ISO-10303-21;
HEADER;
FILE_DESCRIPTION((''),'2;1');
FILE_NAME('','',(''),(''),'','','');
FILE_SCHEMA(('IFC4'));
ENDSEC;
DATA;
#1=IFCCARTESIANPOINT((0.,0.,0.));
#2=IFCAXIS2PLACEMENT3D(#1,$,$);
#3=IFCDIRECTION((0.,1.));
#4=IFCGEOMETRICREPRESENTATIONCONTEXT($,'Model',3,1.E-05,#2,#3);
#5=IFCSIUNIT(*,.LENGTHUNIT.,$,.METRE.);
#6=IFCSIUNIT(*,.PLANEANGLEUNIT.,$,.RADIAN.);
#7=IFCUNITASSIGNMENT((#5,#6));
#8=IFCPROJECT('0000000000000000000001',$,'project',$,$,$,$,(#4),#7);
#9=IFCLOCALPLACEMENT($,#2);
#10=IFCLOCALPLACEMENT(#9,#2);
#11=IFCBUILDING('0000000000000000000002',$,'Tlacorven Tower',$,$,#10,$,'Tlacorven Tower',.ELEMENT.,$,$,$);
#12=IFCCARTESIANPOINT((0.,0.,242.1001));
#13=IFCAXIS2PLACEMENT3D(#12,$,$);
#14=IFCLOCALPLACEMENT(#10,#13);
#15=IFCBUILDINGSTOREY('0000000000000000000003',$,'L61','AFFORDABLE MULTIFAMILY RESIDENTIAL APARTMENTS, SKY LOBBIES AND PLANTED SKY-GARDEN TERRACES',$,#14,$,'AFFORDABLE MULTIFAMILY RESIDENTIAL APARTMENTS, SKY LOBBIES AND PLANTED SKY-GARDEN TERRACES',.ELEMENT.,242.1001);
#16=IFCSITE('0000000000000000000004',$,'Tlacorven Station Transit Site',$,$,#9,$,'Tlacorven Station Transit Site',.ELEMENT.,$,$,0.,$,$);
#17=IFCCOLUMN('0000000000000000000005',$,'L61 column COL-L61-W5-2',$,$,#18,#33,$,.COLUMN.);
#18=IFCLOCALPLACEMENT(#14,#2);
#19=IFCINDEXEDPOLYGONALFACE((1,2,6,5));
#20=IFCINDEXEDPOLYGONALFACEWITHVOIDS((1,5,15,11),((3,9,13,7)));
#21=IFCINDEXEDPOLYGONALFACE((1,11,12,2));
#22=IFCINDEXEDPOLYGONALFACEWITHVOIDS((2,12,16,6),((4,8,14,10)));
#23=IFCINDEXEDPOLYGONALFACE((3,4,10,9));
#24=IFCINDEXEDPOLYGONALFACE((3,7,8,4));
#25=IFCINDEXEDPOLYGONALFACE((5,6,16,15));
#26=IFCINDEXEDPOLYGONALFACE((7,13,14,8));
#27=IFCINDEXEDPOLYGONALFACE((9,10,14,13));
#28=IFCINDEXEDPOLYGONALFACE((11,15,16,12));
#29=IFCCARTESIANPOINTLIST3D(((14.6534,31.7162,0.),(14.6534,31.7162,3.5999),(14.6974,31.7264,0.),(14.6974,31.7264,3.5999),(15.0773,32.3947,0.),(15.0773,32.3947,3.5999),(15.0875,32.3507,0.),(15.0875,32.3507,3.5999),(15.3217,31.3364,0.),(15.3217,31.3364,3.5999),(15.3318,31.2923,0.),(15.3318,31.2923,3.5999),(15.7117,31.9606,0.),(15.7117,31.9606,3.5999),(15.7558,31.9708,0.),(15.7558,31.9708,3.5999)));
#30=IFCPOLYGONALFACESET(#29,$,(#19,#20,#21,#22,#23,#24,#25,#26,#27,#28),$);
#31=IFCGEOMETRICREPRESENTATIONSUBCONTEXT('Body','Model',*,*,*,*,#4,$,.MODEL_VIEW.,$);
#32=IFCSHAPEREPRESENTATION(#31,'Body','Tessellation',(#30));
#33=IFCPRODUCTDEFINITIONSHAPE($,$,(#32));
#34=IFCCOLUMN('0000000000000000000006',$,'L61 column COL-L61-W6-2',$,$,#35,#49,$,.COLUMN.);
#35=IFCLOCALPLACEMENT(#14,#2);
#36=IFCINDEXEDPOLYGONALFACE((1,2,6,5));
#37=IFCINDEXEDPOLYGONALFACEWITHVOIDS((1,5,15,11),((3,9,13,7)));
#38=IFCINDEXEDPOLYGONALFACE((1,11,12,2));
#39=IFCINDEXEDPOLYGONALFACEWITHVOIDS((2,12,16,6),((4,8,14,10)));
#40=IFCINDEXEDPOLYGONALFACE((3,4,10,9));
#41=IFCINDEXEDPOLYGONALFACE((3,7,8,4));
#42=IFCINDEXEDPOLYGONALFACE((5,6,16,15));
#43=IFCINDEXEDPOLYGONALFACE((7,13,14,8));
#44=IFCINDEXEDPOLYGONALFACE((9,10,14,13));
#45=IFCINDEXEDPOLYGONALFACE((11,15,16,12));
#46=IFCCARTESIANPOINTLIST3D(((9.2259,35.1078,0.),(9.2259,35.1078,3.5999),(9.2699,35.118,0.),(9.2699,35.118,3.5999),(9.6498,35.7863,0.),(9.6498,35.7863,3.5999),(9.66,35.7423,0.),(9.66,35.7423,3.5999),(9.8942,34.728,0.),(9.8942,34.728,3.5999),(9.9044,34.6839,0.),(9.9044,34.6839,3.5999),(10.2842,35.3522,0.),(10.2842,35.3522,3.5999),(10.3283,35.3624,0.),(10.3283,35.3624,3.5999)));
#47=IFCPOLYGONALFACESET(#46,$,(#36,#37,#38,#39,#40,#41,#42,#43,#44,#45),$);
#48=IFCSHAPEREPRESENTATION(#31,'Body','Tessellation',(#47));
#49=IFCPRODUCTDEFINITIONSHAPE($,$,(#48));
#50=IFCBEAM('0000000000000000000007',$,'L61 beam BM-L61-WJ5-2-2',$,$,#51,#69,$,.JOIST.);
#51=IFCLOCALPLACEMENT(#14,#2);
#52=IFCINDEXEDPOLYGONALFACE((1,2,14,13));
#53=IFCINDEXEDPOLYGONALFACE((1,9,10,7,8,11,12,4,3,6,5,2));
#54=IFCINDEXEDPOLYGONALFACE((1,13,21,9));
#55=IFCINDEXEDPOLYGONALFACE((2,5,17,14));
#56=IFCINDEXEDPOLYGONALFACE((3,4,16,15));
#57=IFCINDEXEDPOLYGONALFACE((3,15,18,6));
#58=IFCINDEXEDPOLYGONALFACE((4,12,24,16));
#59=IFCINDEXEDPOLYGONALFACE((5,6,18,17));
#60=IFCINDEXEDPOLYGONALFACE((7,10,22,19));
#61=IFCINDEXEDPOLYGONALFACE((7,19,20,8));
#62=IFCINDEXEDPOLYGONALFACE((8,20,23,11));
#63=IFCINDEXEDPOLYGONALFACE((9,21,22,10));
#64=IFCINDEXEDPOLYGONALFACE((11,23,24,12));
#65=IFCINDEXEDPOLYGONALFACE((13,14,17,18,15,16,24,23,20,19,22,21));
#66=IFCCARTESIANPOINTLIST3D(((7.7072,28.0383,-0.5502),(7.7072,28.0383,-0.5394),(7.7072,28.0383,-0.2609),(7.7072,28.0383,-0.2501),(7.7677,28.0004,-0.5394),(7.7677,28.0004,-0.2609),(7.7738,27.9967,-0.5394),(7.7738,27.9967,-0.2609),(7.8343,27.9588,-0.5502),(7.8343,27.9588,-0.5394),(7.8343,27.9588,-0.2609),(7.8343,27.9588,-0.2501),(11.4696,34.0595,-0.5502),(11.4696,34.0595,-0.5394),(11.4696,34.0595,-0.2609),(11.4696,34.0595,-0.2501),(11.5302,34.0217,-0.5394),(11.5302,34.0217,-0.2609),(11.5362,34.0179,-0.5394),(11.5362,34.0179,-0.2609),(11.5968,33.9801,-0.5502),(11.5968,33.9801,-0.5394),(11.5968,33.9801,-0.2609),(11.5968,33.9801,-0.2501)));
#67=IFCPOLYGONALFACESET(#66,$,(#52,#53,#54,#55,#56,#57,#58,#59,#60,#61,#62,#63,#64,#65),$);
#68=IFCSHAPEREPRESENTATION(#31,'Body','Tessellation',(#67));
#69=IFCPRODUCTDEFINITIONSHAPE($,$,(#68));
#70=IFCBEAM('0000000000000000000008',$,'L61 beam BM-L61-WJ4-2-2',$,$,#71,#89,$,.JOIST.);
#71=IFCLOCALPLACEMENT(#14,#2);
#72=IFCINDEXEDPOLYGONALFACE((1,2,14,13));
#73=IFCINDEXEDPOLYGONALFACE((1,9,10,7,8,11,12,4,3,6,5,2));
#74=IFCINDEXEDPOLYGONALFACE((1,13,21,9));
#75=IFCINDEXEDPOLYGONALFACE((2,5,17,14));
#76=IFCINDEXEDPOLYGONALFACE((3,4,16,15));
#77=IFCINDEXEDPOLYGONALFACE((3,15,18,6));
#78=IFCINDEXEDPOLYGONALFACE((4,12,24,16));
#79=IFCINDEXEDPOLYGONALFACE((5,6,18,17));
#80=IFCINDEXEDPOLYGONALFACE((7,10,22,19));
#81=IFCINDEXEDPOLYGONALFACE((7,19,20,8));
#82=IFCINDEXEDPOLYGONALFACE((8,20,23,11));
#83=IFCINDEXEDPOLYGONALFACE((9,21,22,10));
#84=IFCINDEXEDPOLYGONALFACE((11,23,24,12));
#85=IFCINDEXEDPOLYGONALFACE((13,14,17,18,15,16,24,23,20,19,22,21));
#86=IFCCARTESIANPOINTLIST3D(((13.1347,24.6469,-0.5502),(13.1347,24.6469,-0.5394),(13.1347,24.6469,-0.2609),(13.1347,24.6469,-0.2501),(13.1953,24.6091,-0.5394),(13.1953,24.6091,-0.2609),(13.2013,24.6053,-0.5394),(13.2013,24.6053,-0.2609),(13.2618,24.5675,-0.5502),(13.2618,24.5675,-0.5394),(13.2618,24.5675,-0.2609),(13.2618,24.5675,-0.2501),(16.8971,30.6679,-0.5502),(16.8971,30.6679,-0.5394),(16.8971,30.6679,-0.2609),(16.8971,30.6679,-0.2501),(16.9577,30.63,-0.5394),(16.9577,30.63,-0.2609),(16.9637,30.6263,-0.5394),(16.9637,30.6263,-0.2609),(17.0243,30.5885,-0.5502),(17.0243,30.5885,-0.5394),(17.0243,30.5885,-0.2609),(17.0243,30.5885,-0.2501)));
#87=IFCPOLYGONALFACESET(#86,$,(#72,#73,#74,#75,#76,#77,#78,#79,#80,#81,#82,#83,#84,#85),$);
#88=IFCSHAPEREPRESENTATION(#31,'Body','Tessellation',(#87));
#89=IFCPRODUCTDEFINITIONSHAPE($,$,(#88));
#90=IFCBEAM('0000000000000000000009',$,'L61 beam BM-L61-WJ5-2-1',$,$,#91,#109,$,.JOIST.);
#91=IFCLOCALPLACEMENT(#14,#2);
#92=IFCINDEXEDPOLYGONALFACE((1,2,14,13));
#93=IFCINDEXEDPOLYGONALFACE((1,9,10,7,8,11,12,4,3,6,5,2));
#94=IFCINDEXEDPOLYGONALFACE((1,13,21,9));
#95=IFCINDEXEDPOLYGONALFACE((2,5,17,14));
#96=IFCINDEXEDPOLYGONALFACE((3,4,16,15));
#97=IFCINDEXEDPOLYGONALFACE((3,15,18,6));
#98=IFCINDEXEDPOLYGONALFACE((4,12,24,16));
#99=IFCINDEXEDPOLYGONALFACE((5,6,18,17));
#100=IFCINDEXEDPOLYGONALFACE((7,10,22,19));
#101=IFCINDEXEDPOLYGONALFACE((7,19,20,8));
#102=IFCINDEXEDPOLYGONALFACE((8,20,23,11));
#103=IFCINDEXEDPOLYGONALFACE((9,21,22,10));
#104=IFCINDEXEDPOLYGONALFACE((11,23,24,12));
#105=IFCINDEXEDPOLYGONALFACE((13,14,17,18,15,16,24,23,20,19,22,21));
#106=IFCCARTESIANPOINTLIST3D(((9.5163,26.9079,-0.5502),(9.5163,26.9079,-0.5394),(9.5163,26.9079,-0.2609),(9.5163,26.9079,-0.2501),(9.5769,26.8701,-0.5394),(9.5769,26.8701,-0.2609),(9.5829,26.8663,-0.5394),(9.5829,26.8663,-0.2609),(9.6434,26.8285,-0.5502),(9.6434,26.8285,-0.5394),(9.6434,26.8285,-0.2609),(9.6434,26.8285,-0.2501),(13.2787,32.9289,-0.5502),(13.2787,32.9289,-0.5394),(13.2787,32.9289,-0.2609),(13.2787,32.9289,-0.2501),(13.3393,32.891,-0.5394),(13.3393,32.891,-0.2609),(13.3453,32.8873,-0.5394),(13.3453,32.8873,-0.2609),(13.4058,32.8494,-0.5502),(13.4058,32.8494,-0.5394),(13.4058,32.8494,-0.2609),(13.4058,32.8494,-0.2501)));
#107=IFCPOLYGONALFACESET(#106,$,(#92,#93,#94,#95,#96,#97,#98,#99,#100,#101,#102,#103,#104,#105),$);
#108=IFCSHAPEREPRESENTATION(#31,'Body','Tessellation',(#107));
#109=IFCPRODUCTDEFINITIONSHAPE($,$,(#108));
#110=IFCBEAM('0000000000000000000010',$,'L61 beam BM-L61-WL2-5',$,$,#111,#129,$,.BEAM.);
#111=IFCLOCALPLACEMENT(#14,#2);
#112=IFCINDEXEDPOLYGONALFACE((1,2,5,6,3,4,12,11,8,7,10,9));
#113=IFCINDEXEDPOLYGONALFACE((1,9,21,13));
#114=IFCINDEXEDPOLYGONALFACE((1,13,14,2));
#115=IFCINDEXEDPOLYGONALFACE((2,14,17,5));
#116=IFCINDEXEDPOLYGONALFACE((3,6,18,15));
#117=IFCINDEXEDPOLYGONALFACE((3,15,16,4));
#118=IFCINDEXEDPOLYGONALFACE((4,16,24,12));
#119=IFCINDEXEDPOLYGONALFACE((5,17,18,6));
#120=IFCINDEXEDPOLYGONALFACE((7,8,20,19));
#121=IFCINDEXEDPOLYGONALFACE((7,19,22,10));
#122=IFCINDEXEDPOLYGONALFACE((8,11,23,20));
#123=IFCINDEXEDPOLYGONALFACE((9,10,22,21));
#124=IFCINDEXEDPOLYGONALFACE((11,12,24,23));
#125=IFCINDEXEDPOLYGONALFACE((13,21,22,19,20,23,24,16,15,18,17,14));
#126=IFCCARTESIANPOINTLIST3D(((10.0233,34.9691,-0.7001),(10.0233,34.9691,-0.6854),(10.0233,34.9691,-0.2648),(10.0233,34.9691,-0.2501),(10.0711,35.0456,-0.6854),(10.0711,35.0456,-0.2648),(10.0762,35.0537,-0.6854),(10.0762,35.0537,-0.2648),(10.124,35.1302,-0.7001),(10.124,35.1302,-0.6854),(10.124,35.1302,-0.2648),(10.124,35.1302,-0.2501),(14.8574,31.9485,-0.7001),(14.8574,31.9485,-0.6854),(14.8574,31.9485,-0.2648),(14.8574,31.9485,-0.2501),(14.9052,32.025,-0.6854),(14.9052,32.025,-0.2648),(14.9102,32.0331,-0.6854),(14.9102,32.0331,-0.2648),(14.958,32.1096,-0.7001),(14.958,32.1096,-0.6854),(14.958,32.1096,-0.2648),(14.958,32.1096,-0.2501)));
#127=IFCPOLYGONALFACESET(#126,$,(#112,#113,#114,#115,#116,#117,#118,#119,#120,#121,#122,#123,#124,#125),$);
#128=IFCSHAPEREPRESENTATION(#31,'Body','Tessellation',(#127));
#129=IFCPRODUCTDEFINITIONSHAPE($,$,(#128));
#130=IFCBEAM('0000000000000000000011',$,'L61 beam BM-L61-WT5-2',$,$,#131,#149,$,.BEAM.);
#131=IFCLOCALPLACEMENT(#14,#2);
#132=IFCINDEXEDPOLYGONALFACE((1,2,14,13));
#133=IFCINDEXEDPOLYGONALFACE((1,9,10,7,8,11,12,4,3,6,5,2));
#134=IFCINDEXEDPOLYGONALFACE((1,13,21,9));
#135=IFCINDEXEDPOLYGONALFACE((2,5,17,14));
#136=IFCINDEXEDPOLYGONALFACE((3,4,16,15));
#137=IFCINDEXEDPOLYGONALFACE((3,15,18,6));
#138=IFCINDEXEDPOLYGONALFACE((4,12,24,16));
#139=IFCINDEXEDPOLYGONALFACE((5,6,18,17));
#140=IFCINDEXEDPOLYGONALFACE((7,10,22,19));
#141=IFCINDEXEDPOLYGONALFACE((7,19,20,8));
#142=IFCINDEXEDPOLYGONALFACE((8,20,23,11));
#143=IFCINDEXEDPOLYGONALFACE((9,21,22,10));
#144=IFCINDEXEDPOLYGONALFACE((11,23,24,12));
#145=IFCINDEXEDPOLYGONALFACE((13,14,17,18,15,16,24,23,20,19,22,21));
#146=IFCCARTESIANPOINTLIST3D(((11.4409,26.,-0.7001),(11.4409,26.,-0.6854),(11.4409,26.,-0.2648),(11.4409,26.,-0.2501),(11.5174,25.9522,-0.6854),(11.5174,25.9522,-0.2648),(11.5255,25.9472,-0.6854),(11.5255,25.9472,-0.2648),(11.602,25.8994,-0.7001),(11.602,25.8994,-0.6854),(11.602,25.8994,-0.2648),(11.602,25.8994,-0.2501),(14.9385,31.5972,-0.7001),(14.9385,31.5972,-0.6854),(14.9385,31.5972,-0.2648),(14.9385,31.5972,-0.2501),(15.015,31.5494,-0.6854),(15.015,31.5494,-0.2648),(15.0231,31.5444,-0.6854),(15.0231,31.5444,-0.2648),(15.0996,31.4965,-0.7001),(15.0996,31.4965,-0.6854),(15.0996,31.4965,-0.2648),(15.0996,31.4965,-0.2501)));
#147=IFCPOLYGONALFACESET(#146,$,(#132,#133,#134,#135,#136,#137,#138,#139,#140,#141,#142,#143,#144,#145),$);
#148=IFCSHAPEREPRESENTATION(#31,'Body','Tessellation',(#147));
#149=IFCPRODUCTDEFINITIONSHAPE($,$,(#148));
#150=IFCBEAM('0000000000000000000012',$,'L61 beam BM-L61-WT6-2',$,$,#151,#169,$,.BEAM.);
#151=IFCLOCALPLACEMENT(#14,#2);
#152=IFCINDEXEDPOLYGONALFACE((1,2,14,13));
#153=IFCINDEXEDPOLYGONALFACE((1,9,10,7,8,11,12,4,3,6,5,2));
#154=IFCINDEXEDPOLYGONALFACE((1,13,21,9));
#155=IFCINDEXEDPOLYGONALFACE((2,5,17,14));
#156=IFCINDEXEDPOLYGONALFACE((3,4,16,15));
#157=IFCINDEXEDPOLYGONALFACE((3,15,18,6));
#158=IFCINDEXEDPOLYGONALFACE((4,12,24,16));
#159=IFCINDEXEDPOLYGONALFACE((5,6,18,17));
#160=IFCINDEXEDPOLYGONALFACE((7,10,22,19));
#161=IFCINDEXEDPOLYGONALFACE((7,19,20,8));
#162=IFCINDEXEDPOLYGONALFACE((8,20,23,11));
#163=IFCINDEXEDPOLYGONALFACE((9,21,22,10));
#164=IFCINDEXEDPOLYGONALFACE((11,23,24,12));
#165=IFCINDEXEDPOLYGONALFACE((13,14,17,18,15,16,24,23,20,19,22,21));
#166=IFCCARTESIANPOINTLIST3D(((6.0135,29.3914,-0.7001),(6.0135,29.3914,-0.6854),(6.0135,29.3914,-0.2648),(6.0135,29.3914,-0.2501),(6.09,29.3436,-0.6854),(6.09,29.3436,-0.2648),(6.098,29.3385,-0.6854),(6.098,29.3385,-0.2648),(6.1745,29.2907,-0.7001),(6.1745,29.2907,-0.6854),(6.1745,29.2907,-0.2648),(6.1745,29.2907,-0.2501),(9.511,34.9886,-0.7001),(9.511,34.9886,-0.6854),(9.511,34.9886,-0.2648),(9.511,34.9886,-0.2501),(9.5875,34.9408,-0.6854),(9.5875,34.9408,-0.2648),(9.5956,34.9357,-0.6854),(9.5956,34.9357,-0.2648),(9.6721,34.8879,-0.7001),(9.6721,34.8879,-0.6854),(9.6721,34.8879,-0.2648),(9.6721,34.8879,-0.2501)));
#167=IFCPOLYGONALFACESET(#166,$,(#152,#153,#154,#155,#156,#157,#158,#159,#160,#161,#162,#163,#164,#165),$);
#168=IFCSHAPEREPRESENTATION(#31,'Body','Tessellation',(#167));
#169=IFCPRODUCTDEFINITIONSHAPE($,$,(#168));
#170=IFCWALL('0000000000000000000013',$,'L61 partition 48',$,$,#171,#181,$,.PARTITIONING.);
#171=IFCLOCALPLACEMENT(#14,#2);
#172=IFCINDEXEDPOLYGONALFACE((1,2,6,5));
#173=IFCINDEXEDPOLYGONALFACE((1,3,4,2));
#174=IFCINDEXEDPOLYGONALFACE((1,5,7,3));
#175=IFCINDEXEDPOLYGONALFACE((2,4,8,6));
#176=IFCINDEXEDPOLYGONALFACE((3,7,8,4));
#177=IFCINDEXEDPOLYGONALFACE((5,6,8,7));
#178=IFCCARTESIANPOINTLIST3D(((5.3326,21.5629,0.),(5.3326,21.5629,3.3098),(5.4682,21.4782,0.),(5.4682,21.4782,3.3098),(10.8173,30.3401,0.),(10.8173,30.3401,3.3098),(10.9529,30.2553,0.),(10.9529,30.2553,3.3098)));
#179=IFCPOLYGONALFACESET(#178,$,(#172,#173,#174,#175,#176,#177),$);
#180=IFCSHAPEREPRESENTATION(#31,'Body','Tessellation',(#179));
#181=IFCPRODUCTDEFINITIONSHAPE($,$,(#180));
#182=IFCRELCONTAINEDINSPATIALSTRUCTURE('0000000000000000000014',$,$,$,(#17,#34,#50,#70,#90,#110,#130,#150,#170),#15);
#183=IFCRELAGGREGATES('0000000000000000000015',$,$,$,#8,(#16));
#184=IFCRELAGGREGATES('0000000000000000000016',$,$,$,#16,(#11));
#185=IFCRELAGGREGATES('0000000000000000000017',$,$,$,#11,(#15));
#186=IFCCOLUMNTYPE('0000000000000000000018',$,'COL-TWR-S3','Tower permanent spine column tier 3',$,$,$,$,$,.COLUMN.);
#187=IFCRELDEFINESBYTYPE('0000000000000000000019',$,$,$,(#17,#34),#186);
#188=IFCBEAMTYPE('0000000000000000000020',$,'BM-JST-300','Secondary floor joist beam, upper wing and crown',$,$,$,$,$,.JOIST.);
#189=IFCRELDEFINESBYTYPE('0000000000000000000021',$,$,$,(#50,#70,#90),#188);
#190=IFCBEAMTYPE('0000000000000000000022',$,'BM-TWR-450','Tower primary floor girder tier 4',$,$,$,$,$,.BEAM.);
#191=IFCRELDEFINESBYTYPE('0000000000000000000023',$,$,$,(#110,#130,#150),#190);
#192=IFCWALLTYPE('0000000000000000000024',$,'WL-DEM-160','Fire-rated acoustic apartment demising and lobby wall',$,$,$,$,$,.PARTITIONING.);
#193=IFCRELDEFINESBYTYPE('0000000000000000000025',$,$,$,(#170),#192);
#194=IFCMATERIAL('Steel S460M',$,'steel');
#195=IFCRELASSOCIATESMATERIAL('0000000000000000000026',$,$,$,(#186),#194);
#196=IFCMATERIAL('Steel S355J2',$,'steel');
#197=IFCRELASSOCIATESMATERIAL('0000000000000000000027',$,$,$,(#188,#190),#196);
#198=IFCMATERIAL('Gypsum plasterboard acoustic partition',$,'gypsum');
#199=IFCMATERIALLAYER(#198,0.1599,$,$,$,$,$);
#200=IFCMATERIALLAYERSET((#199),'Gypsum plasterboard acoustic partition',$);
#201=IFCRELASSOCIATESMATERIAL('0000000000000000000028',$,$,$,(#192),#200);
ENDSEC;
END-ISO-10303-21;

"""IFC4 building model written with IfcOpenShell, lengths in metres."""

from ifc_helpers import new_model, si_unit, direction, frame, frame_2d, origin, origin_2d, place, context, subcontext, project, spatial, rectangle, hollow_rectangle, i_section, extrude, source, transform, mapped, material, layer, layer_set, material_profile, profile_set, type_object, element, save


model = new_model("IFC4")

# Units and contexts
model_context = context("Model", 3, precision=1e-05, world=origin(), true_north=direction((0.0, 1.0)))
body_context = subcontext(model_context, "Body", "Model", "MODEL_VIEW")
ifc_project = project(units=[si_unit("LENGTHUNIT", "METRE"), si_unit("PLANEANGLEUNIT", "RADIAN")], contexts=[model_context])

# Site, building, storey
site_placement = place(None, origin())
site = spatial("IfcSite", under=ifc_project, at=site_placement, Name="Tlacorven Station Transit Site", LongName="Tlacorven Station Transit Site", CompositionType="ELEMENT", RefElevation=0.0)
building_placement = place(site_placement, origin())
building = spatial("IfcBuilding", under=site, at=building_placement, Name="Tlacorven Tower", LongName="Tlacorven Tower", CompositionType="ELEMENT")
storey_placement = place(building_placement, frame((0.0, 0.0, 242.1001)))
storey = spatial("IfcBuildingStorey", under=building, at=storey_placement, Name="L61", Description="AFFORDABLE MULTIFAMILY RESIDENTIAL APARTMENTS, SKY LOBBIES AND PLANTED SKY-GARDEN TERRACES", LongName="AFFORDABLE MULTIFAMILY RESIDENTIAL APARTMENTS, SKY LOBBIES AND PLANTED SKY-GARDEN TERRACES", CompositionType="ELEMENT", Elevation=242.1001)

# Columns
ifc_material_1 = material(Name="Steel S460M", Category="steel")
ifc_material_profile_1 = material_profile(ifc_material_1, hollow_rectangle(XDim=0.8, YDim=0.8, WallThickness=0.032, at=origin_2d()), Name="BOX 800X800X32")
ifc_profile_set_1 = profile_set([ifc_material_profile_1], Name="Steel S460M")
column_type = type_object("IfcColumnType", Name="COL-TWR-S3", Description="Tower permanent spine column tier 3", PredefinedType="COLUMN", material=ifc_profile_set_1)
shared_shape_1 = source(origin(), body_context, "Body", "SweptSolid", [
    extrude(hollow_rectangle(XDim=0.8, YDim=0.8, WallThickness=0.032, at=origin_2d()), origin(), (0.0, 0.0, 1.0), 3.5999),
])
for number, where, z_axis, x_axis, name in (
    (1, (15.2046, 31.8435, 0.0), (0.0, 0.0, 1.0), (-0.848048, 0.529919, 0.0), "L61 column COL-L61-W5-2"),
    (2, (9.7771, 35.2351, 0.0), (0.0, 0.0, 1.0), (-0.848048, 0.529919, 0.0), "L61 column COL-L61-W6-2"),
):
    element("IfcColumn", number, at=place(storey_placement, frame(where, z_axis=z_axis, x_axis=x_axis)), inside=storey, type_object=column_type, Name=name, PredefinedType="COLUMN", context=body_context, shape_type="MappedRepresentation", body=[
        mapped(shared_shape_1, transform((0.0, 0.0, 0.0), scale=1.0)),
    ])

# Beams
ifc_material_2 = material(Name="Steel S355J2", Category="steel")
ifc_material_profile_2 = material_profile(ifc_material_2, i_section(OverallWidth=0.1499, OverallDepth=0.3, WebThickness=0.0071, FlangeThickness=0.0107, at=origin_2d()), Name="IPE 300")
ifc_profile_set_2 = profile_set([ifc_material_profile_2], Name="Steel S355J2")
beam_type_1 = type_object("IfcBeamType", Name="BM-JST-300", Description="Secondary floor joist beam, upper wing and crown", PredefinedType="JOIST", material=ifc_profile_set_2)
shared_shape_2 = source(origin(), body_context, "Body", "SweptSolid", [
    extrude(i_section(OverallWidth=0.1499, OverallDepth=0.3, WebThickness=0.0071, FlangeThickness=0.0107, at=origin_2d()), origin(), (0.0, 0.0, 1.0), 7.1001),
])
beam_1_placement = place(storey_placement, frame((11.5332, 34.0198, -0.4001), z_axis=(-0.529915, -0.84805, 0.0), x_axis=(0.84805, -0.529915, 0.0)))
element("IfcBeam", 3, at=beam_1_placement, inside=storey, type_object=beam_type_1, Name="L61 beam BM-L61-WJ5-2-2", PredefinedType="JOIST", context=body_context, shape_type="MappedRepresentation", body=[
    mapped(shared_shape_2, transform((0.0, 0.0, 0.0), scale=1.0)),
])
shared_shape_3 = source(origin(), body_context, "Body", "SweptSolid", [
    extrude(i_section(OverallWidth=0.1499, OverallDepth=0.3, WebThickness=0.0071, FlangeThickness=0.0107, at=origin_2d()), origin(), (0.0, 0.0, 1.0), 7.0999),
])
for number, where, z_axis, x_axis, name in (
    (4, (16.9607, 30.6282, -0.4001), (-0.529931, -0.848041, 0.0), (0.848041, -0.529931, 0.0), "L61 beam BM-L61-WJ4-2-2"),
    (5, (13.3423, 32.8892, -0.4001), (-0.529931, -0.848041, 0.0), (0.848041, -0.529931, 0.0), "L61 beam BM-L61-WJ5-2-1"),
):
    element("IfcBeam", number, at=place(storey_placement, frame(where, z_axis=z_axis, x_axis=x_axis)), inside=storey, type_object=beam_type_1, Name=name, PredefinedType="JOIST", context=body_context, shape_type="MappedRepresentation", body=[
        mapped(shared_shape_3, transform((0.0, 0.0, 0.0), scale=1.0)),
    ])
ifc_material_profile_3 = material_profile(ifc_material_2, i_section(OverallWidth=0.1899, OverallDepth=0.45, WebThickness=0.0095, FlangeThickness=0.0146, at=origin_2d()), Name="IPE 450")
ifc_profile_set_3 = profile_set([ifc_material_profile_3], Name="Steel S355J2")
beam_type_2 = type_object("IfcBeamType", Name="BM-TWR-450", Description="Tower primary floor girder tier 4", PredefinedType="BEAM", material=ifc_profile_set_3)
shared_shape_4 = source(origin(), body_context, "Body", "SweptSolid", [
    extrude(i_section(OverallWidth=0.1899, OverallDepth=0.45, WebThickness=0.0095, FlangeThickness=0.0146, at=origin_2d()), origin(), (0.0, 0.0, 1.0), 5.7002),
])
beam_2_placement = place(storey_placement, frame((14.9077, 32.0291, -0.4751), z_axis=(-0.848056, 0.529907, 0.0), x_axis=(-0.529907, -0.848056, 0.0)))
element("IfcBeam", 6, at=beam_2_placement, inside=storey, type_object=beam_type_2, Name="L61 beam BM-L61-WL2-5", PredefinedType="BEAM", context=body_context, shape_type="MappedRepresentation", body=[
    mapped(shared_shape_4, transform((0.0, 0.0, 0.0), scale=1.0)),
])
shared_shape_5 = source(origin(), body_context, "Body", "SweptSolid", [
    extrude(i_section(OverallWidth=0.1899, OverallDepth=0.45, WebThickness=0.0095, FlangeThickness=0.0146, at=origin_2d()), origin(), (0.0, 0.0, 1.0), 6.6001),
])
for number, where, z_axis, x_axis, name in (
    (7, (15.019, 31.5469, -0.4751), (-0.529926, -0.848044, 0.0), (0.848044, -0.529926, 0.0), "L61 beam BM-L61-WT5-2"),
    (8, (9.5916, 34.9382, -0.4751), (-0.529926, -0.848044, 0.0), (0.848044, -0.529926, 0.0), "L61 beam BM-L61-WT6-2"),
):
    element("IfcBeam", number, at=place(storey_placement, frame(where, z_axis=z_axis, x_axis=x_axis)), inside=storey, type_object=beam_type_2, Name=name, PredefinedType="BEAM", context=body_context, shape_type="MappedRepresentation", body=[
        mapped(shared_shape_5, transform((0.0, 0.0, 0.0), scale=1.0)),
    ])

# Wall
ifc_material_3 = material(Name="Gypsum plasterboard acoustic partition", Category="gypsum")
ifc_layer_1 = layer(ifc_material_3, 0.1599)
ifc_layer_set_1 = layer_set([ifc_layer_1], Name="Gypsum plasterboard acoustic partition")
wall_type_1 = type_object("IfcWallType", Name="WL-DEM-160", Description="Fire-rated acoustic apartment demising and lobby wall", PredefinedType="PARTITIONING", material=ifc_layer_set_1)
wall_1_placement = place(storey_placement, frame((10.885, 30.2976, 0.0), z_axis=(0.0, 0.0, 1.0), x_axis=(-0.529925, -0.848045, 0.0)))
element("IfcWall", 9, at=wall_1_placement, inside=storey, type_object=wall_type_1, Name="L61 partition 48", PredefinedType="PARTITIONING", context=body_context, shape_type="SweptSolid", body=[
    extrude(rectangle(XDim=10.3499, YDim=0.1599, at=frame_2d((5.1748, 0.0))), origin(), (0.0, 0.0, 1.0), 3.3098),
])

save(model, "model.ifc")
